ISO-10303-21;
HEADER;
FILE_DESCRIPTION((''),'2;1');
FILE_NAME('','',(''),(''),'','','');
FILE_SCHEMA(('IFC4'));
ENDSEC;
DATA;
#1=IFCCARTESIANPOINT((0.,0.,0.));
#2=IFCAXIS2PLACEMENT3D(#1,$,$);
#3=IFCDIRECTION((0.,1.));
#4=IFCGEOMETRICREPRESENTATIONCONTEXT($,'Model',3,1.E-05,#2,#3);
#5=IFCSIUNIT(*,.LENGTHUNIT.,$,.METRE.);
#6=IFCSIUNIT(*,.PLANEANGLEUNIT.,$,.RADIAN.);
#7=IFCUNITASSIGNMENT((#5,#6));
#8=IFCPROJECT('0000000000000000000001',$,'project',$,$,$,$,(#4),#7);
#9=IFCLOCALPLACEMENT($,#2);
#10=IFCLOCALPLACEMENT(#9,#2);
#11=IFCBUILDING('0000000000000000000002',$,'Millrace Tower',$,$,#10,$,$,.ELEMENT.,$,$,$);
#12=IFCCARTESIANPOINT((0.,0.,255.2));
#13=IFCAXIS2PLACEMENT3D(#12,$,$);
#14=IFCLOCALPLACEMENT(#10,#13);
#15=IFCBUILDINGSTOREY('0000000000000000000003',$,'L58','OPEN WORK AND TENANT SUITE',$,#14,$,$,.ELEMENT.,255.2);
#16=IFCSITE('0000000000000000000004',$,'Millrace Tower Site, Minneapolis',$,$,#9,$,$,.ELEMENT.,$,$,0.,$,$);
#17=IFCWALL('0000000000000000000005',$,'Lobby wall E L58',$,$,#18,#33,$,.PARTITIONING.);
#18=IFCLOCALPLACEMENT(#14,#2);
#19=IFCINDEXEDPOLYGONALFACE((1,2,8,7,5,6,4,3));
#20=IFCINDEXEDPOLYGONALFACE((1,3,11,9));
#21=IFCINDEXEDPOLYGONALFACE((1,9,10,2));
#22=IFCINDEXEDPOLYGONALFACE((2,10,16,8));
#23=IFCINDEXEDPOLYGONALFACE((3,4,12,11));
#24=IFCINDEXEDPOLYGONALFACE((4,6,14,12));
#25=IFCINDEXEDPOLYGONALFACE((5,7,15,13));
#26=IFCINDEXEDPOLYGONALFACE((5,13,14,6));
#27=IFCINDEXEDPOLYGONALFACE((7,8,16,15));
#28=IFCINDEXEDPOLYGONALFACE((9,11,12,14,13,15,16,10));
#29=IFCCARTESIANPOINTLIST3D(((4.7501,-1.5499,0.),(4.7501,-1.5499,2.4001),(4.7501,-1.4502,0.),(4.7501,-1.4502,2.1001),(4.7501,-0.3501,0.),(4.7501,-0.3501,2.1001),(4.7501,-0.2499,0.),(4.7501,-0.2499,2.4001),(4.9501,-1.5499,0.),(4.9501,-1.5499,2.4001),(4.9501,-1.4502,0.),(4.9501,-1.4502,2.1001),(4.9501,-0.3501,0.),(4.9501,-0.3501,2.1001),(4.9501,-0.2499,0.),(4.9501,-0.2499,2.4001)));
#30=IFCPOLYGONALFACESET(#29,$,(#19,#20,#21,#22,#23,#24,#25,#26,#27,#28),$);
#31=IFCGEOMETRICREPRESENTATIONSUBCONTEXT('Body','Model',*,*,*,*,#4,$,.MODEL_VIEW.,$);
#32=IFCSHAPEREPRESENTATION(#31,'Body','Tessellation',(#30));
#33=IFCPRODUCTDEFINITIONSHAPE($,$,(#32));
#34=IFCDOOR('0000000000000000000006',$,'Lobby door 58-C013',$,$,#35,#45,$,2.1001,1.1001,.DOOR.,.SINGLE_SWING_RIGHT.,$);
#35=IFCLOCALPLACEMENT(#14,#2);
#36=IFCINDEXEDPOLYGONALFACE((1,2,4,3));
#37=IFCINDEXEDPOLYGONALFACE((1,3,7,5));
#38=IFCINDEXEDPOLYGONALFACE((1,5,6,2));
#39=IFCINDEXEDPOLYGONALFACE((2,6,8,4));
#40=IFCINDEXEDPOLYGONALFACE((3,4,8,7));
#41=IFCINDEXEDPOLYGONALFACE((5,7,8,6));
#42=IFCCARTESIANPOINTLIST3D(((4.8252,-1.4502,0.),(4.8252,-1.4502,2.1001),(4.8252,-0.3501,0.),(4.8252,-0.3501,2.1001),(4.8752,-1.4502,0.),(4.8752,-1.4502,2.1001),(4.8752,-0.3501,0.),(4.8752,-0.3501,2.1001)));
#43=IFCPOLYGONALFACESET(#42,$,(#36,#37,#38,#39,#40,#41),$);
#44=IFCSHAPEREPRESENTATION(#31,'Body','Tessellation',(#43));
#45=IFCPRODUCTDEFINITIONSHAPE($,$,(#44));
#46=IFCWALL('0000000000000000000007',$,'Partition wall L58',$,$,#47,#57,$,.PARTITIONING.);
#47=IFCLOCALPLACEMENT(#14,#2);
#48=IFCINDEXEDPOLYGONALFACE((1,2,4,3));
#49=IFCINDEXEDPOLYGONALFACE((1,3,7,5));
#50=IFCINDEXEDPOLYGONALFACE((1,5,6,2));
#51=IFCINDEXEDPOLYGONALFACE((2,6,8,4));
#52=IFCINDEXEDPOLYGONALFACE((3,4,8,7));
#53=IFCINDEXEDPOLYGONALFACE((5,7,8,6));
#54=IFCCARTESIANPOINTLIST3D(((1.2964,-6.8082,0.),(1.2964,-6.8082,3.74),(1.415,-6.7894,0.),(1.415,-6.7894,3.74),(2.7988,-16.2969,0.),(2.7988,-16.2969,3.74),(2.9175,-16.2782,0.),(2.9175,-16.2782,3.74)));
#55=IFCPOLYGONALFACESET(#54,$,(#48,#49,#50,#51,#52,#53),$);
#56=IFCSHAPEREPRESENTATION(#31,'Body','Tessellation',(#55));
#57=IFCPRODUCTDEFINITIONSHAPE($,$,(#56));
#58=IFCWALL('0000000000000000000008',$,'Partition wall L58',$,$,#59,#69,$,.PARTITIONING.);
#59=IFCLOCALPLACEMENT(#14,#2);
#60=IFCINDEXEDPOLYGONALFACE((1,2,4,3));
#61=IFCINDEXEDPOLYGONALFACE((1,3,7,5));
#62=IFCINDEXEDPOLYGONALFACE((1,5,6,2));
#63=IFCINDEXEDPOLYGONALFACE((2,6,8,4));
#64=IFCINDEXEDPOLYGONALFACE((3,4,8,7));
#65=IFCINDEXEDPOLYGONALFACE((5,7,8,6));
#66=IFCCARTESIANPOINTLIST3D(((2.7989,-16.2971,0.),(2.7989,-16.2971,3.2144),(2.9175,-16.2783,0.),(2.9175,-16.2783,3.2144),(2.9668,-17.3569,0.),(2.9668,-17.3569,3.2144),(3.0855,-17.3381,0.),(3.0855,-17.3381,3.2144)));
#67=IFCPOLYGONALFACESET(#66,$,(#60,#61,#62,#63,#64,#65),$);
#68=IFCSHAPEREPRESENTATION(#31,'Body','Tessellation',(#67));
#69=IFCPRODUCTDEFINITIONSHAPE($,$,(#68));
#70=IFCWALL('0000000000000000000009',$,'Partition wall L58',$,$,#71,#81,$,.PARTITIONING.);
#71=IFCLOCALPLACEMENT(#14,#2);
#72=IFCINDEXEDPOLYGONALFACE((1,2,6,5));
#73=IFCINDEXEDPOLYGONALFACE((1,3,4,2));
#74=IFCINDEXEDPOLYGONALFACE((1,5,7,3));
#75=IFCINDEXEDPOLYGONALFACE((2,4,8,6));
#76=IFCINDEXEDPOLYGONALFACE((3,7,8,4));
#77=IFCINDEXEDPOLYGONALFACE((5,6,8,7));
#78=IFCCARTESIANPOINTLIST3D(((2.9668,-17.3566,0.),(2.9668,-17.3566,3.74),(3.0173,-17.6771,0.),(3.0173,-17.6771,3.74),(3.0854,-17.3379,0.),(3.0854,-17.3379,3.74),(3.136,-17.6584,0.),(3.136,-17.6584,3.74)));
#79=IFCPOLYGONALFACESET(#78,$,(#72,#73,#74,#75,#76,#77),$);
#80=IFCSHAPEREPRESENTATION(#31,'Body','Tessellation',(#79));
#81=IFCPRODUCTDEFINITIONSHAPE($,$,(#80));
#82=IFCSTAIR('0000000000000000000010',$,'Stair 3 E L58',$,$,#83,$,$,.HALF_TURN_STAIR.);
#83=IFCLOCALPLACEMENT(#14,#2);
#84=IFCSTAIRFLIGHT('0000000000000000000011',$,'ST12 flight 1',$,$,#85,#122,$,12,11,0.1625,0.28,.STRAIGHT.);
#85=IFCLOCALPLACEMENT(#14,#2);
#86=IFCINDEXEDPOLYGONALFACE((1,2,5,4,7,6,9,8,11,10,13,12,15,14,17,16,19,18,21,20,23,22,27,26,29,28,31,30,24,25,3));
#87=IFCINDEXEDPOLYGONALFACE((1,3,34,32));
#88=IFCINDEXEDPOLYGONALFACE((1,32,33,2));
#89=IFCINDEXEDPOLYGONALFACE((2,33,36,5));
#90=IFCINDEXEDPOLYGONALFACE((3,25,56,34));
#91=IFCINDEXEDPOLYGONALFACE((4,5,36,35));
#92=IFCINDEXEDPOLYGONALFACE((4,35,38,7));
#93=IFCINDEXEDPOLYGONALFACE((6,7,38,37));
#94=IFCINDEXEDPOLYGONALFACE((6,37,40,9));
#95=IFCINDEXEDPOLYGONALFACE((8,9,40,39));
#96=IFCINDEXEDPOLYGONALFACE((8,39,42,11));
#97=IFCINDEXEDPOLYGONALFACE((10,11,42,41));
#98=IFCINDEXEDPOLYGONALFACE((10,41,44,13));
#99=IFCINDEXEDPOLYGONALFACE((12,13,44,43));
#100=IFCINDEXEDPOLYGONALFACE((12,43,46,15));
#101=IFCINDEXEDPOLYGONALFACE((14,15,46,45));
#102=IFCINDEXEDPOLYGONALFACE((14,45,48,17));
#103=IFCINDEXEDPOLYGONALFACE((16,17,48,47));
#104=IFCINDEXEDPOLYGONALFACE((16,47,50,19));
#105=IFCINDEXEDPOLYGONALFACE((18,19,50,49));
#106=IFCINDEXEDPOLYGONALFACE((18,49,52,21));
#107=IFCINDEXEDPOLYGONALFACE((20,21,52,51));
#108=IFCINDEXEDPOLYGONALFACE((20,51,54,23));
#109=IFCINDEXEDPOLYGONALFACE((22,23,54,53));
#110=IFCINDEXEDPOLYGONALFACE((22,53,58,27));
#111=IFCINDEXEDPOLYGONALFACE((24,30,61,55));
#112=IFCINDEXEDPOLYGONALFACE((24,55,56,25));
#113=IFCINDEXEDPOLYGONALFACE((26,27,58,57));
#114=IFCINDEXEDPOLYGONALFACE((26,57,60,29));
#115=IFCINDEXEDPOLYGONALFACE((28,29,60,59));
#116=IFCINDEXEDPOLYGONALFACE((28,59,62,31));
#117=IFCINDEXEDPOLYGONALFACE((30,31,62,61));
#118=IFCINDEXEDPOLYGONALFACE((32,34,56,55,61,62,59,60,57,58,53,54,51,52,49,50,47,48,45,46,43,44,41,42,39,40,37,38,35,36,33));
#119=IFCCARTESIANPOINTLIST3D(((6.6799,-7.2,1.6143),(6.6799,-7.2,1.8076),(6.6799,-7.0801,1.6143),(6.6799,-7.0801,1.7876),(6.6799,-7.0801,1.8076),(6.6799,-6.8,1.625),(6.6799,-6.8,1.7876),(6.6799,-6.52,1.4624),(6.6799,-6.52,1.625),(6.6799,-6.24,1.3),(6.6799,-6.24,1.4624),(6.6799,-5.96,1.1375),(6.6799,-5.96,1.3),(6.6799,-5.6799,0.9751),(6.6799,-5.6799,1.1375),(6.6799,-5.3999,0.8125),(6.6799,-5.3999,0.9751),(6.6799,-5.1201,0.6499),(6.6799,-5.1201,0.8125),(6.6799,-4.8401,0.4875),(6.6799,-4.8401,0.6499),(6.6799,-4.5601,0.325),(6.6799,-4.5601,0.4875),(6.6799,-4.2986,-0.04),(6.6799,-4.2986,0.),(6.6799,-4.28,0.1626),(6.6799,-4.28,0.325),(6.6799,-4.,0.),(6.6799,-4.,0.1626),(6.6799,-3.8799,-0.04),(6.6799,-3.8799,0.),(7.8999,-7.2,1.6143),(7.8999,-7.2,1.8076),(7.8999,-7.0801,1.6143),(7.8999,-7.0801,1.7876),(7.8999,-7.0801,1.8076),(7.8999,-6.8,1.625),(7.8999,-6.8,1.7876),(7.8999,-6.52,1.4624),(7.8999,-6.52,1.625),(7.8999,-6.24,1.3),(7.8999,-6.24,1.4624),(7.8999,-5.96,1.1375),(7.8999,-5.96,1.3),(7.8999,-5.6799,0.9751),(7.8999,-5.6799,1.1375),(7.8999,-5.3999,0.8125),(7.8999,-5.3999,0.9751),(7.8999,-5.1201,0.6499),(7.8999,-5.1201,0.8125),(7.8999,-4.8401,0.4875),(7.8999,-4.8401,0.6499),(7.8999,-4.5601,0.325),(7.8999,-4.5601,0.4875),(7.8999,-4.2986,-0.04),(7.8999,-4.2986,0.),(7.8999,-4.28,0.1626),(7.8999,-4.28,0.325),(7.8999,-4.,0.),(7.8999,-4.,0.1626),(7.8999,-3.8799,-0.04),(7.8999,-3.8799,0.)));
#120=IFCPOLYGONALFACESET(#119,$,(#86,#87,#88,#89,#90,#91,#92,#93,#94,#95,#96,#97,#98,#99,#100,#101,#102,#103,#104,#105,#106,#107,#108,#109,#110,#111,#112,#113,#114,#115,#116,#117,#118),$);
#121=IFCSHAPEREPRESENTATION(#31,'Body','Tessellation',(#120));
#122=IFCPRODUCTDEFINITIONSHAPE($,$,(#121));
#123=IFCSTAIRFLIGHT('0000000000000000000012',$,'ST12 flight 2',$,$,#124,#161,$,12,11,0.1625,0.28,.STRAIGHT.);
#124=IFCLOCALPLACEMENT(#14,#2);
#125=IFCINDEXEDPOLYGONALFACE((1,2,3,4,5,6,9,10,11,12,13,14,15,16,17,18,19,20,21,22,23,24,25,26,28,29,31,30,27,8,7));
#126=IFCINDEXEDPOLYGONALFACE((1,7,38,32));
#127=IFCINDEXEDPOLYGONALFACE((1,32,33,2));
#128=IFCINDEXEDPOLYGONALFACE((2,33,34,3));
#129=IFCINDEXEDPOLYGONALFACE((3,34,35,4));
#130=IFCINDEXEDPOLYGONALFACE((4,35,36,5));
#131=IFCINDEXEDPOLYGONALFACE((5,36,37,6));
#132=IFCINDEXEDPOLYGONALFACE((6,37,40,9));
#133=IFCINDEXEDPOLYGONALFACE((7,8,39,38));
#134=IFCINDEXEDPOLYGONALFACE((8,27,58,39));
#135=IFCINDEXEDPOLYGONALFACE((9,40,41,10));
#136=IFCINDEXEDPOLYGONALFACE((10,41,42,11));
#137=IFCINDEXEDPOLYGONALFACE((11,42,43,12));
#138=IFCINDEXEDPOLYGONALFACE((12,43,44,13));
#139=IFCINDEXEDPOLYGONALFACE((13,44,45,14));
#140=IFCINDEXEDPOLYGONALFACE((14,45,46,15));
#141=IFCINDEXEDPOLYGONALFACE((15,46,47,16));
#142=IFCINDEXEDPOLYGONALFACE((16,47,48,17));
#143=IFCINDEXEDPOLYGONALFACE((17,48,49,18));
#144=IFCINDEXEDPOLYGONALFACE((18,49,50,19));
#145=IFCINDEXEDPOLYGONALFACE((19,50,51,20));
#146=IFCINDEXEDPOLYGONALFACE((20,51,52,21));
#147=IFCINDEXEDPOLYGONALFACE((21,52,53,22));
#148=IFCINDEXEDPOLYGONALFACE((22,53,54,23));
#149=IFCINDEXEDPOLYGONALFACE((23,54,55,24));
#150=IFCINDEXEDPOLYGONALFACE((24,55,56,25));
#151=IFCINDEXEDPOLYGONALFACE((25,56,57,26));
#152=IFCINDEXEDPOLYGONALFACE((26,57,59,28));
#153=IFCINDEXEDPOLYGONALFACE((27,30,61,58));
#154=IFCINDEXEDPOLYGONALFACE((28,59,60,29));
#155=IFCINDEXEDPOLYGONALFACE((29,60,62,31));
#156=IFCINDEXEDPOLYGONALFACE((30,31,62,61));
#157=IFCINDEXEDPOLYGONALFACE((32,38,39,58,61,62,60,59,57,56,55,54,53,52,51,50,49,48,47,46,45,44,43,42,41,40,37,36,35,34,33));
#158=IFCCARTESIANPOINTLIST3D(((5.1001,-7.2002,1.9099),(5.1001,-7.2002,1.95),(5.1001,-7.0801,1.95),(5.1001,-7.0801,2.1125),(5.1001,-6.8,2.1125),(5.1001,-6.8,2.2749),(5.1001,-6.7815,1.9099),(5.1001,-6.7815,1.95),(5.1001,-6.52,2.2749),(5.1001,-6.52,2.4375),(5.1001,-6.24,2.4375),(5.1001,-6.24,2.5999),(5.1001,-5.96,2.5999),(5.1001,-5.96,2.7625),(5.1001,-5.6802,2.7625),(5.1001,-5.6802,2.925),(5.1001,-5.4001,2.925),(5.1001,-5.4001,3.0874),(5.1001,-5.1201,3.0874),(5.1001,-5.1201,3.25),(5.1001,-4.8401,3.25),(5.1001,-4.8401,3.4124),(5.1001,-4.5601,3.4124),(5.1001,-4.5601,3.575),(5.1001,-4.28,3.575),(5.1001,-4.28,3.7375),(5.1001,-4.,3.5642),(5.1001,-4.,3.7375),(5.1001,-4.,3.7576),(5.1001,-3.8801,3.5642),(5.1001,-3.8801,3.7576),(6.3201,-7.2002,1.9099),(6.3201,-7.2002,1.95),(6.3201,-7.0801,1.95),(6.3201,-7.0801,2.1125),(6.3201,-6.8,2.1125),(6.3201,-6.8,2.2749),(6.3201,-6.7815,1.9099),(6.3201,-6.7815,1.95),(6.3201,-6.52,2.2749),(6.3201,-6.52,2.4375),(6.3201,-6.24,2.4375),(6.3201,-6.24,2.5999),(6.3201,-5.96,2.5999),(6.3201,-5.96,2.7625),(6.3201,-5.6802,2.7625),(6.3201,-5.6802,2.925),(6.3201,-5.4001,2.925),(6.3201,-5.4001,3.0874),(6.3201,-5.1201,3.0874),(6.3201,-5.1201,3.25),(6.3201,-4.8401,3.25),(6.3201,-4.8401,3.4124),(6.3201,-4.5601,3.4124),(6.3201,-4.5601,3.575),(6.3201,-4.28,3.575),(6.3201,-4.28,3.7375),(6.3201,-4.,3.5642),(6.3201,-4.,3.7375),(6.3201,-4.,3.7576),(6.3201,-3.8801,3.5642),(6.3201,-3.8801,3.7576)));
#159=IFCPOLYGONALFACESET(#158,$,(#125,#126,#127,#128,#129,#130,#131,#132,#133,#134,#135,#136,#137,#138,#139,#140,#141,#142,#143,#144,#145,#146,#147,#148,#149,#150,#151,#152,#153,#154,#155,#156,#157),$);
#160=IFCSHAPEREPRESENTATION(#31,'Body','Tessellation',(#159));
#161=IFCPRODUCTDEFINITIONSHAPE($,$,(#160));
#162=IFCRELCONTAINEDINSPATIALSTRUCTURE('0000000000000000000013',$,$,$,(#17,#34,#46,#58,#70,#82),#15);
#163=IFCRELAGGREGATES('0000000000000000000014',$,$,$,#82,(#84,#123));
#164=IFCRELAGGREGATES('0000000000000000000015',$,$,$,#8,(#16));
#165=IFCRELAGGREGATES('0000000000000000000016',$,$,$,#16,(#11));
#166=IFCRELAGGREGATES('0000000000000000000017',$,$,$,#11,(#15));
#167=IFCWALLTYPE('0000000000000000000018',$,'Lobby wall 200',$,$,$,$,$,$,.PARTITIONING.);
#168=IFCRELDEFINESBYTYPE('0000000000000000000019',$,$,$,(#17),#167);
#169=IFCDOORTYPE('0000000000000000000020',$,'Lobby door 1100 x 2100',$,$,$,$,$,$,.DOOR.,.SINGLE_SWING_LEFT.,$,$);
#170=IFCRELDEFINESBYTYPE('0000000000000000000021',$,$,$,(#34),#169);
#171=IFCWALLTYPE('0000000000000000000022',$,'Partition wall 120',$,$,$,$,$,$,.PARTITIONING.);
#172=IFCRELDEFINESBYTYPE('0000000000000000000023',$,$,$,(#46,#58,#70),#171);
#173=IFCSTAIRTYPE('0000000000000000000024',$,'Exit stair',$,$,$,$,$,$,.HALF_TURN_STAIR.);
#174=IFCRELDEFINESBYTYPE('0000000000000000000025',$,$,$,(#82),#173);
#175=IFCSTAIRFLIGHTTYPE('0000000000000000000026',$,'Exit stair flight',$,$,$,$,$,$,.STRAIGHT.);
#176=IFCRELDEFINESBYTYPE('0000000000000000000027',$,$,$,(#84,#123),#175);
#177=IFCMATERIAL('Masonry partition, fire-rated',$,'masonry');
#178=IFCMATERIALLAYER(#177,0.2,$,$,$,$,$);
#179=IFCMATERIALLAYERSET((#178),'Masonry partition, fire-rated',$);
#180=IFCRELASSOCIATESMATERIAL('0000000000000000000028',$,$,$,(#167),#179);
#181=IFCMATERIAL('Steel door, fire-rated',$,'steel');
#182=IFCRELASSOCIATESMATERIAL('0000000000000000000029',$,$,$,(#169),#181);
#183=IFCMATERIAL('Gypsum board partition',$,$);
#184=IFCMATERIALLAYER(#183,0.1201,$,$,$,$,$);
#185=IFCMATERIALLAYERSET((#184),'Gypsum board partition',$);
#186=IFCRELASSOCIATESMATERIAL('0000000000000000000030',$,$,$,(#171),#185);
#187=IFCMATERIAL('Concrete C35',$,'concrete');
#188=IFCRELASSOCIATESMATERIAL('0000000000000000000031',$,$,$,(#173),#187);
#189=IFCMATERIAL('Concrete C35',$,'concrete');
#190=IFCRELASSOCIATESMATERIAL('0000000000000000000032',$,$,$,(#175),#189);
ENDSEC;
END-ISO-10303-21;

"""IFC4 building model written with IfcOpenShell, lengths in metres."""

from ifc_helpers import new_model, si_unit, direction, frame, frame_2d, origin, place, context, subcontext, project, spatial, polyline, rectangle, outline, extrude, material, layer, layer_set, type_object, element, fill, aggregate, save


model = new_model("IFC4")

# Units and contexts
model_context = context("Model", 3, precision=1e-05, world=origin(), true_north=direction((0.0, 1.0)))
body_context = subcontext(model_context, "Body", "Model", "MODEL_VIEW")
ifc_project = project(units=[si_unit("LENGTHUNIT", "METRE"), si_unit("PLANEANGLEUNIT", "RADIAN")], contexts=[model_context])

# Site, building, storey
site_placement = place(None, origin())
site = spatial("IfcSite", under=ifc_project, at=site_placement, Name="Millrace Tower Site, Minneapolis", CompositionType="ELEMENT", RefElevation=0.0)
building_placement = place(site_placement, origin())
building = spatial("IfcBuilding", under=site, at=building_placement, Name="Millrace Tower", CompositionType="ELEMENT")
storey_placement = place(building_placement, frame((0.0, 0.0, 255.2)))
storey = spatial("IfcBuildingStorey", under=building, at=storey_placement, Name="L58", Description="OPEN WORK AND TENANT SUITE", CompositionType="ELEMENT", Elevation=255.2)

# Shared definitions
placement_1 = place(storey_placement, origin())

# Wall, opening, door
ifc_material_1 = material(Name="Masonry partition, fire-rated", Category="masonry")
ifc_layer_1 = layer(ifc_material_1, 0.2)
ifc_layer_set_1 = layer_set([ifc_layer_1], Name="Masonry partition, fire-rated")
wall_type_1 = type_object("IfcWallType", Name="Lobby wall 200", PredefinedType="PARTITIONING", material=ifc_layer_set_1)
wall_1_placement = place(storey_placement, frame((4.8501, -0.25, 0.0), z_axis=(0.0, 0.0, 1.0), x_axis=(0.0, -1.0, 0.0)))
wall_1 = element("IfcWall", 1, at=wall_1_placement, inside=storey, type_object=wall_type_1, Name="Lobby wall E L58", PredefinedType="PARTITIONING", context=body_context, shape_type="SweptSolid", body=[
    extrude(rectangle(XDim=1.3, YDim=0.2, at=frame_2d((0.6499, 0.0))), origin(), (0.0, 0.0, 1.0), 2.4001),
])
opening_placement = place(wall_1_placement, frame((0.1001, 0.0, 0.0)))
opening = element("IfcOpeningElement", 2, at=opening_placement, cuts=wall_1, PredefinedType="OPENING", context=body_context, shape_type="SweptSolid", body=[
    extrude(rectangle(XDim=1.1001, YDim=2.1001, at=frame_2d((0.55, 1.05))), frame((0.0, 0.1099, 0.0), z_axis=(0.0, -1.0, 0.0), x_axis=(1.0, 0.0, 0.0)), (0.0, 0.0, 1.0), 0.22),
])
ifc_material_2 = material(Name="Steel door, fire-rated", Category="steel")
door_type = type_object("IfcDoorType", Name="Lobby door 1100 x 2100", OperationType="SINGLE_SWING_LEFT", PredefinedType="DOOR", material=ifc_material_2)
door_placement = place(opening_placement, frame((1.1001, 0.0, 0.0), z_axis=(0.0, 0.0, 1.0), x_axis=(-1.0, 0.0, 0.0)))
door = element("IfcDoor", 3, at=door_placement, inside=storey, type_object=door_type, Name="Lobby door 58-C013", OperationType="SINGLE_SWING_RIGHT", OverallHeight=2.1001, OverallWidth=1.1001, PredefinedType="DOOR", context=body_context, shape_type="SweptSolid", body=[
    extrude(rectangle(XDim=1.1001, YDim=2.1001, at=frame_2d((0.55, 1.05))), frame((0.0, 0.0249, 0.0), z_axis=(0.0, -1.0, 0.0), x_axis=(1.0, 0.0, 0.0)), (0.0, 0.0, 1.0), 0.05),
])
fill(opening, door)

# Walls
ifc_material_3 = material(Name="Gypsum board partition")
ifc_layer_2 = layer(ifc_material_3, 0.1201)
ifc_layer_set_2 = layer_set([ifc_layer_2], Name="Gypsum board partition")
wall_type_2 = type_object("IfcWallType", Name="Partition wall 120", PredefinedType="PARTITIONING", material=ifc_layer_set_2)
wall_2_placement = place(storey_placement, frame((1.3557, -6.7988, 0.0), z_axis=(0.0, 0.0, 1.0), x_axis=(0.156391, -0.987695, 0.0)))
element("IfcWall", 4, at=wall_2_placement, inside=storey, type_object=wall_type_2, Name="Partition wall L58", PredefinedType="PARTITIONING", context=body_context, shape_type="SweptSolid", body=[
    extrude(rectangle(XDim=9.6069, YDim=0.1201, at=frame_2d((4.8035, 0.0))), origin(), (0.0, 0.0, 1.0), 3.74),
])
wall_3_placement = place(storey_placement, frame((2.8582, -16.2876, 0.0), z_axis=(0.0, 0.0, 1.0), x_axis=(0.156535, -0.987672, 0.0)))
element("IfcWall", 5, at=wall_3_placement, inside=storey, type_object=wall_type_2, Name="Partition wall L58", PredefinedType="PARTITIONING", context=body_context, shape_type="SweptSolid", body=[
    extrude(rectangle(XDim=1.073, YDim=0.1201, at=frame_2d((0.5366, 0.0))), origin(), (0.0, 0.0, 1.0), 3.2144),
])
wall_4_placement = place(storey_placement, frame((3.0261, -17.3474, 0.0), z_axis=(0.0, 0.0, 1.0), x_axis=(0.155731, -0.9878, 0.0)))
element("IfcWall", 6, at=wall_4_placement, inside=storey, type_object=wall_type_2, Name="Partition wall L58", PredefinedType="PARTITIONING", context=body_context, shape_type="SweptSolid", body=[
    extrude(rectangle(XDim=0.3245, YDim=0.1201, at=frame_2d((0.1621, 0.0))), origin(), (0.0, 0.0, 1.0), 3.74),
])

# Stair, stair flights
ifc_material_4 = material(Name="Concrete C35", Category="concrete")
stair_type = type_object("IfcStairType", Name="Exit stair", PredefinedType="HALF_TURN_STAIR", material=ifc_material_4)
stair = element("IfcStair", 7, at=placement_1, inside=storey, type_object=stair_type, Name="Stair 3 E L58", PredefinedType="HALF_TURN_STAIR")
ifc_material_5 = material(Name="Concrete C35", Category="concrete")
stair_flight_type = type_object("IfcStairFlightType", Name="Exit stair flight", PredefinedType="STRAIGHT", material=ifc_material_5)
stair_flight_1_placement = place(storey_placement, frame((7.29, -4.0, 0.0), z_axis=(0.0, 0.0, 1.0), x_axis=(0.0, -1.0, 0.0)))
stair_flight_1 = element("IfcStairFlight", 8, at=stair_flight_1_placement, type_object=stair_flight_type, Name="ST12 flight 1", NumberOfRisers=12, NumberOfTreads=11, PredefinedType="STRAIGHT", RiserHeight=0.1625, TreadLength=0.28, context=body_context, shape_type="SweptSolid", body=[
    extrude(outline(polyline([(-0.1201, -0.04), (-0.1201, 0.0), (0.0, 0.0), (0.0, 0.1626), (0.28, 0.1626), (0.28, 0.325), (0.5601, 0.325), (0.5601, 0.4875), (0.8401, 0.4875), (0.8401, 0.6499), (1.1201, 0.6499), (1.1201, 0.8125), (1.3999, 0.8125), (1.3999, 0.9751), (1.6799, 0.9751), (1.6799, 1.1375), (1.96, 1.1375), (1.96, 1.3), (2.24, 1.3), (2.24, 1.4624), (2.52, 1.4624), (2.52, 1.625), (2.8, 1.625), (2.8, 1.7876), (3.0801, 1.7876), (3.0801, 1.8076), (3.2, 1.8076), (3.2, 1.6143), (3.0801, 1.6143), (0.2986, 0.0), (0.2986, -0.04), (-0.1201, -0.04)])), frame((0.0, 0.6099, 0.0), z_axis=(0.0, -1.0, 0.0), x_axis=(1.0, 0.0, 0.0)), (0.0, 0.0, 1.0), 1.22),
])
stair_flight_2_placement = place(storey_placement, frame((5.71, -7.0801, 1.95), z_axis=(0.0, 0.0, 1.0), x_axis=(0.0, 1.0, 0.0)))
stair_flight_2 = element("IfcStairFlight", 9, at=stair_flight_2_placement, type_object=stair_flight_type, Name="ST12 flight 2", NumberOfRisers=12, NumberOfTreads=11, PredefinedType="STRAIGHT", RiserHeight=0.1625, TreadLength=0.28, context=body_context, shape_type="SweptSolid", body=[
    extrude(outline(polyline([(-0.1201, -0.04), (-0.1201, 0.0), (0.0, 0.0), (0.0, 0.1626), (0.28, 0.1626), (0.28, 0.325), (0.5601, 0.325), (0.5601, 0.4875), (0.8401, 0.4875), (0.8401, 0.6499), (1.1201, 0.6499), (1.1201, 0.8125), (1.3999, 0.8125), (1.3999, 0.9751), (1.6799, 0.9751), (1.6799, 1.1375), (1.96, 1.1375), (1.96, 1.3), (2.24, 1.3), (2.24, 1.4624), (2.52, 1.4624), (2.52, 1.625), (2.8, 1.625), (2.8, 1.7876), (3.0801, 1.7876), (3.0801, 1.8076), (3.2, 1.8076), (3.2, 1.6143), (3.0801, 1.6143), (0.2986, 0.0), (0.2986, -0.04), (-0.1201, -0.04)])), frame((0.0, 0.6099, 0.0), z_axis=(0.0, -1.0, 0.0), x_axis=(1.0, 0.0, 0.0)), (0.0, 0.0, 1.0), 1.22),
])
aggregate(stair, [stair_flight_1, stair_flight_2])

save(model, "model.ifc")
